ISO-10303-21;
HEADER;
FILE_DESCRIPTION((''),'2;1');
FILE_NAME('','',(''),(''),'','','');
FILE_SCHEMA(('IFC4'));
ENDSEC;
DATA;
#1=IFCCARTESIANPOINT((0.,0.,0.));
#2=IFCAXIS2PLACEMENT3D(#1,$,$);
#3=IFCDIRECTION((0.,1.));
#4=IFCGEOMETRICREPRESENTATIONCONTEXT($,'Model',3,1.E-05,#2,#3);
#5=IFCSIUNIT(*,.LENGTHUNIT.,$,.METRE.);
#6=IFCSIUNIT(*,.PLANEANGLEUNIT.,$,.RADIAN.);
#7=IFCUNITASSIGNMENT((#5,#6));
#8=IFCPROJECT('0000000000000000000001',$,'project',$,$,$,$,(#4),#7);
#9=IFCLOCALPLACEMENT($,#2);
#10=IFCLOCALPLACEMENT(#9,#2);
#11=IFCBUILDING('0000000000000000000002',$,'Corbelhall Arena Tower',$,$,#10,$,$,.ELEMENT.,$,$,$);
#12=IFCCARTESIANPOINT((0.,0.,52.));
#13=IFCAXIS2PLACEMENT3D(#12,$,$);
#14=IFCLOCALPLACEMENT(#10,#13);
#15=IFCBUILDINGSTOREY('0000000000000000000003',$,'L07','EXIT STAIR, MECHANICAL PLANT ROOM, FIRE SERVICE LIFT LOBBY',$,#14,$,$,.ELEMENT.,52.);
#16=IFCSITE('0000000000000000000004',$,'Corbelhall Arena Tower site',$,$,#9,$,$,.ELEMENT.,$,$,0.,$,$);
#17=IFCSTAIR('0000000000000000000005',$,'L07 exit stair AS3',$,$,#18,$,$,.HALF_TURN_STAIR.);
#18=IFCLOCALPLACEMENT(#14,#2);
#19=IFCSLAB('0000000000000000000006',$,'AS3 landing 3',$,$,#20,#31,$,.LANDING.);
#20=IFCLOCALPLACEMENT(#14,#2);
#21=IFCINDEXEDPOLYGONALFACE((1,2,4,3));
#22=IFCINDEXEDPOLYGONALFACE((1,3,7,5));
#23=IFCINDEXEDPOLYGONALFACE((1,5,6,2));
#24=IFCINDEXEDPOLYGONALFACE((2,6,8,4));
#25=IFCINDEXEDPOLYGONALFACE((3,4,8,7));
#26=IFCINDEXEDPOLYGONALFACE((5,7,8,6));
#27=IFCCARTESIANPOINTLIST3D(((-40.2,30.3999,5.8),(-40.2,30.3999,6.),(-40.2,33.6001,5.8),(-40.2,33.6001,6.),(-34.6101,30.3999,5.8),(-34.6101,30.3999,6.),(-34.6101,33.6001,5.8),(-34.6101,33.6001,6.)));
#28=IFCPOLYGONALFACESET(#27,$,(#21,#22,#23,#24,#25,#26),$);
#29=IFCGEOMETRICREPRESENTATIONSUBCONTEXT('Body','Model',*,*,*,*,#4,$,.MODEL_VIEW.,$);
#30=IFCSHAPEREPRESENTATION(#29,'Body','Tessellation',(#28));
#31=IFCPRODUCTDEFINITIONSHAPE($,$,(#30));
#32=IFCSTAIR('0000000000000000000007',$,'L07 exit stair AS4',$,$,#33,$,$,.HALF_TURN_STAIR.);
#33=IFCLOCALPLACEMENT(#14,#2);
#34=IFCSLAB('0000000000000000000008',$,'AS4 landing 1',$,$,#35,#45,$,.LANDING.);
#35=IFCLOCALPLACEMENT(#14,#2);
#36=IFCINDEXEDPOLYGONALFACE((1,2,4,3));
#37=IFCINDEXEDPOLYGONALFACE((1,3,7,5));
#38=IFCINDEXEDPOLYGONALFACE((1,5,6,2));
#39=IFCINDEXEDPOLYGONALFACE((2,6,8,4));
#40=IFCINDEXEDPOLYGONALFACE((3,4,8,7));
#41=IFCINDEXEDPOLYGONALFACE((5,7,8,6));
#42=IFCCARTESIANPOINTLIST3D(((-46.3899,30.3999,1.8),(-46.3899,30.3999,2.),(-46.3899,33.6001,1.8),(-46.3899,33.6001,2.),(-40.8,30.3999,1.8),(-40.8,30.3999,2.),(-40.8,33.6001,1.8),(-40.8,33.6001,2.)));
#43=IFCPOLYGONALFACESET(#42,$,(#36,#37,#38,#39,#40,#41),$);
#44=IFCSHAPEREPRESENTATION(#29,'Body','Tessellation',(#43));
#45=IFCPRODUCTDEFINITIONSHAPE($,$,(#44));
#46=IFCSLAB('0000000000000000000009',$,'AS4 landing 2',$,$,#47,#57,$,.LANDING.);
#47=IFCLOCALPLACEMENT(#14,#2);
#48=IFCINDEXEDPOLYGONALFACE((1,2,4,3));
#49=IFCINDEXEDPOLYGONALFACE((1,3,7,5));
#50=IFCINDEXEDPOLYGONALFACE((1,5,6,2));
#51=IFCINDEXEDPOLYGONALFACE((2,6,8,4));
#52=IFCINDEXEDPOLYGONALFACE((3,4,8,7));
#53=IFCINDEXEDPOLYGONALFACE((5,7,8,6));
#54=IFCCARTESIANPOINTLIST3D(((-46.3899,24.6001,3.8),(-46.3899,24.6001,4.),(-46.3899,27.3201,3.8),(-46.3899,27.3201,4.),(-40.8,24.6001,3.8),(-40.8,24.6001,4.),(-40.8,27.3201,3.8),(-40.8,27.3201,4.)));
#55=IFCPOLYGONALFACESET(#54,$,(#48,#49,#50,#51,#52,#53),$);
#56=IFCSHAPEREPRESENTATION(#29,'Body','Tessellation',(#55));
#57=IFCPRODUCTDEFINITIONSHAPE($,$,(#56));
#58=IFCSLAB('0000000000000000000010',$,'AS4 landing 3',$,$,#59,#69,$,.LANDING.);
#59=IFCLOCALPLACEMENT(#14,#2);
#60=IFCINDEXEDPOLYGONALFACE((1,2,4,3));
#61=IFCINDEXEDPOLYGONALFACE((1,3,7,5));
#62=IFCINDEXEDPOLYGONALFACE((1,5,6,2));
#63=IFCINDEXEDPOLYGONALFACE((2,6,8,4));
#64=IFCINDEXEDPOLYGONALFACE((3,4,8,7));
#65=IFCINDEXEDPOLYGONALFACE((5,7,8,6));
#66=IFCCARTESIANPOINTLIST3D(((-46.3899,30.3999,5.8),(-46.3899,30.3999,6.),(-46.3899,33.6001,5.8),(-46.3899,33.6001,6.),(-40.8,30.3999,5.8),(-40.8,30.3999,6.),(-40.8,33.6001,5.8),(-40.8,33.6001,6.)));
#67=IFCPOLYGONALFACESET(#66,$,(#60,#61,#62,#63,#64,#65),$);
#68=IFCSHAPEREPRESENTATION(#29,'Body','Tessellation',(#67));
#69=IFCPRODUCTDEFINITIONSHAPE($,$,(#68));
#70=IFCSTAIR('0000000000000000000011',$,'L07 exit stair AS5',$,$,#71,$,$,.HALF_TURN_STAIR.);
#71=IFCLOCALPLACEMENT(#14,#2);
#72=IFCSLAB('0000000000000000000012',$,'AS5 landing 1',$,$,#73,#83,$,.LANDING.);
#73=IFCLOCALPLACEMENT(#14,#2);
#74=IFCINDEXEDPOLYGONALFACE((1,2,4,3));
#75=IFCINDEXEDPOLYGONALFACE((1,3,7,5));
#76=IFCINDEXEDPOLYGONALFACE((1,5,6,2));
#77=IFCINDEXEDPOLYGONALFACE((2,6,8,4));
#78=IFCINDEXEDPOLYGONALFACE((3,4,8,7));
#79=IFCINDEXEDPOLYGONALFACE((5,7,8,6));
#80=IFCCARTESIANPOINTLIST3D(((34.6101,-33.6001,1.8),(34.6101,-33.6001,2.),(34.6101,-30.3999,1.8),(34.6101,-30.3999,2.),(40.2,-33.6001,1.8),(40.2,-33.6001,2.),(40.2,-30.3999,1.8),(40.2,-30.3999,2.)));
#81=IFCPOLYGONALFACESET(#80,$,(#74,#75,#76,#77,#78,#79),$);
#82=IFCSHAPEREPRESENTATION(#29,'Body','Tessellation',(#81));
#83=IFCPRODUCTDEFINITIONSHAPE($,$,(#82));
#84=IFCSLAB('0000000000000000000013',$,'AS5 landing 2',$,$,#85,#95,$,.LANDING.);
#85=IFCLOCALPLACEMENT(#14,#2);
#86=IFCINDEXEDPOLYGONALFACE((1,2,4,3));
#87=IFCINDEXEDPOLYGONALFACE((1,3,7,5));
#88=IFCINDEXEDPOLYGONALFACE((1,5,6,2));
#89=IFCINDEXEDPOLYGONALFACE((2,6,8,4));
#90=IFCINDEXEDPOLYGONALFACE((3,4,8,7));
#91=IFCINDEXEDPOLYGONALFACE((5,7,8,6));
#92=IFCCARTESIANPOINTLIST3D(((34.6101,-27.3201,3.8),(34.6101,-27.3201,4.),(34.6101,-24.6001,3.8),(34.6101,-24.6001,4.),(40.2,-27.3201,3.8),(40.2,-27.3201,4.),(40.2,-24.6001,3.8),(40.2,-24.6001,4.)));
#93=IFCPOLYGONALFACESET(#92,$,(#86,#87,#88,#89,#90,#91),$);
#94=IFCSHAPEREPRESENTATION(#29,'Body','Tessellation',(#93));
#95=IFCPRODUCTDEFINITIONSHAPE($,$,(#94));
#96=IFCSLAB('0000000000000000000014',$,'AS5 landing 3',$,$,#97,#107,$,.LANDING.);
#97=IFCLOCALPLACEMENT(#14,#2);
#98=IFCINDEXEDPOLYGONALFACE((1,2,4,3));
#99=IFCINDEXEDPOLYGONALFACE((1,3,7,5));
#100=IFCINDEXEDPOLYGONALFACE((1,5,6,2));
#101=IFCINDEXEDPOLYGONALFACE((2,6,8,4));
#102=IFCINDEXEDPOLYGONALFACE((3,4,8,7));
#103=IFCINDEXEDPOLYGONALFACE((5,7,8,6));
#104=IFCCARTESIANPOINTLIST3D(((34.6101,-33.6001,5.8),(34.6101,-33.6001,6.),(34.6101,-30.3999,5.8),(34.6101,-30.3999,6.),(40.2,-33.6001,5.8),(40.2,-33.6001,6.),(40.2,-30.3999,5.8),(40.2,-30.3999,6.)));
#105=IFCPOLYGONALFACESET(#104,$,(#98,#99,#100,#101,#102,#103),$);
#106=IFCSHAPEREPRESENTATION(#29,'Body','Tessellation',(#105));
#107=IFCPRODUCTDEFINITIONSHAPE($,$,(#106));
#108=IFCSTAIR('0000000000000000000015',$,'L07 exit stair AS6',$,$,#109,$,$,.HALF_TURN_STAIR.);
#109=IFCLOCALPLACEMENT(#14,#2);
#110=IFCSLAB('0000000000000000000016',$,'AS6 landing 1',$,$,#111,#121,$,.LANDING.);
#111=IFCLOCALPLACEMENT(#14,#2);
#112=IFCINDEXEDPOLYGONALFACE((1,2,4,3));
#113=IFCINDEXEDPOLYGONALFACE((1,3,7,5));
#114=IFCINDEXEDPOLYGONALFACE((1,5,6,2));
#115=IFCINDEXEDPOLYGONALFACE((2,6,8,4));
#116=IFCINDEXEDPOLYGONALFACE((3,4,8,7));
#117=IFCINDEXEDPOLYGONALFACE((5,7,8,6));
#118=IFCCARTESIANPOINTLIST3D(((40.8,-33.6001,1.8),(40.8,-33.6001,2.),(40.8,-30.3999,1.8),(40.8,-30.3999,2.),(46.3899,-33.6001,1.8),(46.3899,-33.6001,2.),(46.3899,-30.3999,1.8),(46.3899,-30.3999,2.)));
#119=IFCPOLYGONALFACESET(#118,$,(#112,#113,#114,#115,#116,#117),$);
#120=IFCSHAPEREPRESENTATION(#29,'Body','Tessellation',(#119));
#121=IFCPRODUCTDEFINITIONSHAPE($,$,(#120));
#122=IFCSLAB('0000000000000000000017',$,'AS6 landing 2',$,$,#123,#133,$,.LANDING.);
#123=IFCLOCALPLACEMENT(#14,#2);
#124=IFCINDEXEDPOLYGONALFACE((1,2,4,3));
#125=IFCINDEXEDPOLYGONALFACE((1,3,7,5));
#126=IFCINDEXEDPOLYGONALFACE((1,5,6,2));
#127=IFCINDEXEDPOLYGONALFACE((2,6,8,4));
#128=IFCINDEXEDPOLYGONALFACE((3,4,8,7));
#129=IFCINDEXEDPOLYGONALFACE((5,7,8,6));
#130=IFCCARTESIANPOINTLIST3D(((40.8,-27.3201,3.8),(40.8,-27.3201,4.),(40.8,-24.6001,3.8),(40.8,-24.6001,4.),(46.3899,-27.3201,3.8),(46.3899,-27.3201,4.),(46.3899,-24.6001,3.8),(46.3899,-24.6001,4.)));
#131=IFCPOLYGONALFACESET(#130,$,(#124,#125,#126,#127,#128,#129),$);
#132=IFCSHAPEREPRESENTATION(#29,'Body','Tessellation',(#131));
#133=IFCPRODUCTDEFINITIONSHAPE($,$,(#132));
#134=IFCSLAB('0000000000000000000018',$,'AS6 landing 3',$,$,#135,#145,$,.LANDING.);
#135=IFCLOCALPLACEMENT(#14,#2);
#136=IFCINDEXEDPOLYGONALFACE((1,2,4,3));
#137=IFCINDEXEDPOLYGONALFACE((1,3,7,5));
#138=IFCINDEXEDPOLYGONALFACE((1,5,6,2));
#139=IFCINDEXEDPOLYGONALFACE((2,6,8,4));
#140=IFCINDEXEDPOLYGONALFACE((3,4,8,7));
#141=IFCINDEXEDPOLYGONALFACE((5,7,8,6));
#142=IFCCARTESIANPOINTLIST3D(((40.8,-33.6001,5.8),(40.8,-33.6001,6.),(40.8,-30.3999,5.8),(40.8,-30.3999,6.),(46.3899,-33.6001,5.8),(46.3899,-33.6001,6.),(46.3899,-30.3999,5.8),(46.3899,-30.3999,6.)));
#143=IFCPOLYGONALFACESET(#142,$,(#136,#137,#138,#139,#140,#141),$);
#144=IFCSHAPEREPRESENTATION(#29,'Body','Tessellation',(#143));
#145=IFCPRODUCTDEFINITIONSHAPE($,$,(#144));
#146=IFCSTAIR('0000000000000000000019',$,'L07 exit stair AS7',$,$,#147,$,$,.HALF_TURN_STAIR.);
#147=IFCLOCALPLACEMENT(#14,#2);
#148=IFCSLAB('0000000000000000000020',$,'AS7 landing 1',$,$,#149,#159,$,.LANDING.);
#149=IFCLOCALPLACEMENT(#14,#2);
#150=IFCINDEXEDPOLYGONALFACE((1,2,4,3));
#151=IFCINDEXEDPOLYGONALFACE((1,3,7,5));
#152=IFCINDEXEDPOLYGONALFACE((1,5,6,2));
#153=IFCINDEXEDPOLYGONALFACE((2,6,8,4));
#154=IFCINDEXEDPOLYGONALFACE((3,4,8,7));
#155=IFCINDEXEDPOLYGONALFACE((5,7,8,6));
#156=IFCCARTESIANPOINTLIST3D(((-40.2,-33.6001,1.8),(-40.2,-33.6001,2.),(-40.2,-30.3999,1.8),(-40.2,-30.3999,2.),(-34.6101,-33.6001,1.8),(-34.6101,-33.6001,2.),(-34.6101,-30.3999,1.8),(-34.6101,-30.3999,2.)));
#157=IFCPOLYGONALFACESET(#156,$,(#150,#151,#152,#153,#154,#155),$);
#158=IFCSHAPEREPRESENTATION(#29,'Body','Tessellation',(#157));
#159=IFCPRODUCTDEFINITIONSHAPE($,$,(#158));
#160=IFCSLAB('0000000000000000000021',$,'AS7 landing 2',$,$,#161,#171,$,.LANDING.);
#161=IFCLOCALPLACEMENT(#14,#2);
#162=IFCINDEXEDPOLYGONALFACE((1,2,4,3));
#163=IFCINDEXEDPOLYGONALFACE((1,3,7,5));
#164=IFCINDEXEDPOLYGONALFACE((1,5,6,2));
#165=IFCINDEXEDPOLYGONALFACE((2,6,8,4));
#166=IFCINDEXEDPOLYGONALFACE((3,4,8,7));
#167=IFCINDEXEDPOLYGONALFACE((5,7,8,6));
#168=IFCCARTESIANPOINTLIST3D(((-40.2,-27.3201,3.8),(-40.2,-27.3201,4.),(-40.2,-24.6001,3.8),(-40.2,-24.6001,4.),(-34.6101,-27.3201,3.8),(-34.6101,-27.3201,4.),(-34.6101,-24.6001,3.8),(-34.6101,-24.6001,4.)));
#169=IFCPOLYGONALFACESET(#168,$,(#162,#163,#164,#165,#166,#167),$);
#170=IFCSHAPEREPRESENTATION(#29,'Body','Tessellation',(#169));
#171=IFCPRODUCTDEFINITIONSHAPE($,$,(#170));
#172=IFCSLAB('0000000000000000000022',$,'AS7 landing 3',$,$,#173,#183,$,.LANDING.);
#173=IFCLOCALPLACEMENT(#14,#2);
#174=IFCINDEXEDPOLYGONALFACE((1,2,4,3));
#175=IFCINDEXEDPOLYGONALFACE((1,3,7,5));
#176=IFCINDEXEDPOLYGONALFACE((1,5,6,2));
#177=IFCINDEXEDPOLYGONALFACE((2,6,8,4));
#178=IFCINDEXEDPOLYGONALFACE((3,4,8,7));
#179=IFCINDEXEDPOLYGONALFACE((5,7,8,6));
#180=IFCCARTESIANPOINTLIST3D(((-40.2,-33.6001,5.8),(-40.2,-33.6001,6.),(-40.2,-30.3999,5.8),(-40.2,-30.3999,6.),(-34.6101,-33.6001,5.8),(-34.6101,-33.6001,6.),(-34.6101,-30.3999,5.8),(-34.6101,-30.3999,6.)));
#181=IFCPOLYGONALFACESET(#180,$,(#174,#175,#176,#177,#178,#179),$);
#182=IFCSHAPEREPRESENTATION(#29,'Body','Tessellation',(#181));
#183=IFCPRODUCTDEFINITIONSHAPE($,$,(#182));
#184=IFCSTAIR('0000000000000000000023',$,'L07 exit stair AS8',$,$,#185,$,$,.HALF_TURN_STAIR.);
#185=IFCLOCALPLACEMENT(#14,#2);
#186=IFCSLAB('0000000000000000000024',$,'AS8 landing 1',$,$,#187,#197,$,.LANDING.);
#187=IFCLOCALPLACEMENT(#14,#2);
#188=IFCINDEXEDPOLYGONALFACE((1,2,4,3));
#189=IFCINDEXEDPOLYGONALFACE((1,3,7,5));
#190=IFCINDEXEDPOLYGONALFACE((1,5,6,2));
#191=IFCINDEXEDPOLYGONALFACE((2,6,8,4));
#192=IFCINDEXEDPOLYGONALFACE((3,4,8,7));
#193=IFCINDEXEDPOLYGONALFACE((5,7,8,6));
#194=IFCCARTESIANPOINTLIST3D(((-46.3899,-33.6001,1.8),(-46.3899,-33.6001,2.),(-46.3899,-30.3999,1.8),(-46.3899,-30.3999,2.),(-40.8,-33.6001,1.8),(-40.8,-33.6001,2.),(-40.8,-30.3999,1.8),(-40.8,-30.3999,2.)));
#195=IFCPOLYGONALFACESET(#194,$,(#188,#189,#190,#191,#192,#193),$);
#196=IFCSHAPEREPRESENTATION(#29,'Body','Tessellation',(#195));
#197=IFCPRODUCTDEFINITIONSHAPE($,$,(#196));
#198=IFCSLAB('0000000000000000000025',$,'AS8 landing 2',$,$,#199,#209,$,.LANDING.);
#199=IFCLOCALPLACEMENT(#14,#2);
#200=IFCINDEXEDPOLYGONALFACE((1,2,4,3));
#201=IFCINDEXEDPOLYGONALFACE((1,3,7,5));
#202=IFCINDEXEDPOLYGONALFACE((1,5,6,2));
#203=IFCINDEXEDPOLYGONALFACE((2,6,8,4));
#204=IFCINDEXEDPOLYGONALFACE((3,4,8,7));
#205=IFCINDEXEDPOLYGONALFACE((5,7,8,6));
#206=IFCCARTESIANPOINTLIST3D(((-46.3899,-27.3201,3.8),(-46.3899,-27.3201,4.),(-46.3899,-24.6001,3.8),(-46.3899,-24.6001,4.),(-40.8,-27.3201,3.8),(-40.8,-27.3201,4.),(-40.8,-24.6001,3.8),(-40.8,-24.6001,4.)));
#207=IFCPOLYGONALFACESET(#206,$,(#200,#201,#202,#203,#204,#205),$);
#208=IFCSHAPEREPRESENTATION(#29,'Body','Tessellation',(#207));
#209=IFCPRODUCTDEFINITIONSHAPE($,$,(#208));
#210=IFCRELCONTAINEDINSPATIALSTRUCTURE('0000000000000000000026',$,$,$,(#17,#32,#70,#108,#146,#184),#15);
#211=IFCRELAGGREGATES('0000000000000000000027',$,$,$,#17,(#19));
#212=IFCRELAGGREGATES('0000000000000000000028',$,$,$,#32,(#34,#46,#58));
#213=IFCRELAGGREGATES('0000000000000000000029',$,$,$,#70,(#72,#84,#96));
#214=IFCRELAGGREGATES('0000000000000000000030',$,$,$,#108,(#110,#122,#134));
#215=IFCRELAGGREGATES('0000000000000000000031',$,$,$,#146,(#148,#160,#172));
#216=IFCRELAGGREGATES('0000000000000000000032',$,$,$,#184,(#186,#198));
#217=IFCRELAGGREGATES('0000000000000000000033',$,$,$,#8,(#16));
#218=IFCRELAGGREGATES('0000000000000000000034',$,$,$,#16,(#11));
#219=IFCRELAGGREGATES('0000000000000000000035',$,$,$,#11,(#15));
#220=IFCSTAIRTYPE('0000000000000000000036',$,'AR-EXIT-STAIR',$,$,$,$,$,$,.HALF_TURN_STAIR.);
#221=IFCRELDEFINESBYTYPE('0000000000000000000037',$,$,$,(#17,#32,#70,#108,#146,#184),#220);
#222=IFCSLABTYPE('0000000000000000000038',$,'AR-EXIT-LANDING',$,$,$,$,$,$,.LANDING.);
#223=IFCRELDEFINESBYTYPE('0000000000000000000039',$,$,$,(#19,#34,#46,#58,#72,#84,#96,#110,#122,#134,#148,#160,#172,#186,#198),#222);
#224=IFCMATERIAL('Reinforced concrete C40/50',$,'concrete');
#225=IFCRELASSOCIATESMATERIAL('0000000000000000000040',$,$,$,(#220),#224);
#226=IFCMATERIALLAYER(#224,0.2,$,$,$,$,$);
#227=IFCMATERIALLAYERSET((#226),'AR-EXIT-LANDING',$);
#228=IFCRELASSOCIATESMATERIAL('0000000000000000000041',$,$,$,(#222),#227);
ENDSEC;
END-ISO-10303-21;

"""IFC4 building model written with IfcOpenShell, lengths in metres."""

from ifc_helpers import new_model, si_unit, direction, frame, origin, place, context, subcontext, project, spatial, polyline, outline, extrude, material, layer, layer_set, type_object, element, aggregate, save


model = new_model("IFC4")

# Units and contexts
model_context = context("Model", 3, precision=1e-05, world=origin(), true_north=direction((0.0, 1.0)))
body_context = subcontext(model_context, "Body", "Model", "MODEL_VIEW")
ifc_project = project(units=[si_unit("LENGTHUNIT", "METRE"), si_unit("PLANEANGLEUNIT", "RADIAN")], contexts=[model_context])

# Site, building, storey
site_placement = place(None, origin())
site = spatial("IfcSite", under=ifc_project, at=site_placement, Name="Corbelhall Arena Tower site", CompositionType="ELEMENT", RefElevation=0.0)
building_placement = place(site_placement, origin())
building = spatial("IfcBuilding", under=site, at=building_placement, Name="Corbelhall Arena Tower", CompositionType="ELEMENT")
storey_placement = place(building_placement, frame((0.0, 0.0, 52.0)))
storey = spatial("IfcBuildingStorey", under=building, at=storey_placement, Name="L07", Description="EXIT STAIR, MECHANICAL PLANT ROOM, FIRE SERVICE LIFT LOBBY", CompositionType="ELEMENT", Elevation=52.0)

# Stair, slab
ifc_material = material(Name="Reinforced concrete C40/50", Category="concrete")
stair_type = type_object("IfcStairType", Name="AR-EXIT-STAIR", PredefinedType="HALF_TURN_STAIR", material=ifc_material)
stair_1_placement = place(storey_placement, origin())
stair_1 = element("IfcStair", 1, at=stair_1_placement, inside=storey, type_object=stair_type, Name="L07 exit stair AS3", PredefinedType="HALF_TURN_STAIR")
ifc_layer_1 = layer(ifc_material, 0.2)
ifc_layer_set_1 = layer_set([ifc_layer_1], Name="AR-EXIT-LANDING")
slab_type_1 = type_object("IfcSlabType", Name="AR-EXIT-LANDING", PredefinedType="LANDING", material=ifc_layer_set_1)
slab_1_placement = place(storey_placement, frame((0.0, 0.0, 5.8)))
slab_1 = element("IfcSlab", 2, at=slab_1_placement, type_object=slab_type_1, Name="AS3 landing 3", PredefinedType="LANDING", context=body_context, shape_type="SweptSolid", body=[
    extrude(outline(polyline([(-34.6101, 30.3999), (-34.6101, 33.6001), (-40.2, 33.6001), (-40.2, 30.3999), (-34.6101, 30.3999)])), origin(), (0.0, 0.0, 1.0), 0.2),
])
aggregate(stair_1, [slab_1])

# Stairs, slabs
stair_2_placement = place(storey_placement, origin())
stair_2 = element("IfcStair", 3, at=stair_2_placement, inside=storey, type_object=stair_type, Name="L07 exit stair AS4", PredefinedType="HALF_TURN_STAIR")
slab_2_placement = place(storey_placement, frame((0.0, 0.0, 1.8)))
slab_2 = element("IfcSlab", 4, at=slab_2_placement, type_object=slab_type_1, Name="AS4 landing 1", PredefinedType="LANDING", context=body_context, shape_type="SweptSolid", body=[
    extrude(outline(polyline([(-40.8, 30.3999), (-40.8, 33.6001), (-46.3899, 33.6001), (-46.3899, 30.3999), (-40.8, 30.3999)])), origin(), (0.0, 0.0, 1.0), 0.2),
])
slab_3_placement = place(storey_placement, frame((0.0, 0.0, 3.8)))
slab_3 = element("IfcSlab", 5, at=slab_3_placement, type_object=slab_type_1, Name="AS4 landing 2", PredefinedType="LANDING", context=body_context, shape_type="SweptSolid", body=[
    extrude(outline(polyline([(-40.8, 24.6001), (-40.8, 27.3201), (-46.3899, 27.3201), (-46.3899, 24.6001), (-40.8, 24.6001)])), origin(), (0.0, 0.0, 1.0), 0.2),
])
slab_4_placement = place(storey_placement, frame((0.0, 0.0, 5.8)))
slab_4 = element("IfcSlab", 6, at=slab_4_placement, type_object=slab_type_1, Name="AS4 landing 3", PredefinedType="LANDING", context=body_context, shape_type="SweptSolid", body=[
    extrude(outline(polyline([(-40.8, 30.3999), (-40.8, 33.6001), (-46.3899, 33.6001), (-46.3899, 30.3999), (-40.8, 30.3999)])), origin(), (0.0, 0.0, 1.0), 0.2),
])
aggregate(stair_2, [slab_2, slab_3, slab_4])
stair_3_placement = place(storey_placement, origin())
stair_3 = element("IfcStair", 7, at=stair_3_placement, inside=storey, type_object=stair_type, Name="L07 exit stair AS5", PredefinedType="HALF_TURN_STAIR")
slab_5_placement = place(storey_placement, frame((0.0, 0.0, 1.8)))
slab_5 = element("IfcSlab", 8, at=slab_5_placement, type_object=slab_type_1, Name="AS5 landing 1", PredefinedType="LANDING", context=body_context, shape_type="SweptSolid", body=[
    extrude(outline(polyline([(34.6101, -30.3999), (34.6101, -33.6001), (40.2, -33.6001), (40.2, -30.3999), (34.6101, -30.3999)])), origin(), (0.0, 0.0, 1.0), 0.2),
])
slab_6_placement = place(storey_placement, frame((0.0, 0.0, 3.8)))
slab_6 = element("IfcSlab", 9, at=slab_6_placement, type_object=slab_type_1, Name="AS5 landing 2", PredefinedType="LANDING", context=body_context, shape_type="SweptSolid", body=[
    extrude(outline(polyline([(34.6101, -24.6001), (34.6101, -27.3201), (40.2, -27.3201), (40.2, -24.6001), (34.6101, -24.6001)])), origin(), (0.0, 0.0, 1.0), 0.2),
])
slab_7_placement = place(storey_placement, frame((0.0, 0.0, 5.8)))
slab_7 = element("IfcSlab", 10, at=slab_7_placement, type_object=slab_type_1, Name="AS5 landing 3", PredefinedType="LANDING", context=body_context, shape_type="SweptSolid", body=[
    extrude(outline(polyline([(34.6101, -30.3999), (34.6101, -33.6001), (40.2, -33.6001), (40.2, -30.3999), (34.6101, -30.3999)])), origin(), (0.0, 0.0, 1.0), 0.2),
])
aggregate(stair_3, [slab_5, slab_6, slab_7])
stair_4_placement = place(storey_placement, origin())
stair_4 = element("IfcStair", 11, at=stair_4_placement, inside=storey, type_object=stair_type, Name="L07 exit stair AS6", PredefinedType="HALF_TURN_STAIR")
slab_8_placement = place(storey_placement, frame((0.0, 0.0, 1.8)))
slab_8 = element("IfcSlab", 12, at=slab_8_placement, type_object=slab_type_1, Name="AS6 landing 1", PredefinedType="LANDING", context=body_context, shape_type="SweptSolid", body=[
    extrude(outline(polyline([(40.8, -30.3999), (40.8, -33.6001), (46.3899, -33.6001), (46.3899, -30.3999), (40.8, -30.3999)])), origin(), (0.0, 0.0, 1.0), 0.2),
])
slab_9_placement = place(storey_placement, frame((0.0, 0.0, 3.8)))
slab_9 = element("IfcSlab", 13, at=slab_9_placement, type_object=slab_type_1, Name="AS6 landing 2", PredefinedType="LANDING", context=body_context, shape_type="SweptSolid", body=[
    extrude(outline(polyline([(40.8, -24.6001), (40.8, -27.3201), (46.3899, -27.3201), (46.3899, -24.6001), (40.8, -24.6001)])), origin(), (0.0, 0.0, 1.0), 0.2),
])
slab_10_placement = place(storey_placement, frame((0.0, 0.0, 5.8)))
slab_10 = element("IfcSlab", 14, at=slab_10_placement, type_object=slab_type_1, Name="AS6 landing 3", PredefinedType="LANDING", context=body_context, shape_type="SweptSolid", body=[
    extrude(outline(polyline([(40.8, -30.3999), (40.8, -33.6001), (46.3899, -33.6001), (46.3899, -30.3999), (40.8, -30.3999)])), origin(), (0.0, 0.0, 1.0), 0.2),
])
aggregate(stair_4, [slab_8, slab_9, slab_10])
stair_5_placement = place(storey_placement, origin())
stair_5 = element("IfcStair", 15, at=stair_5_placement, inside=storey, type_object=stair_type, Name="L07 exit stair AS7", PredefinedType="HALF_TURN_STAIR")
slab_11_placement = place(storey_placement, frame((0.0, 0.0, 1.8)))
slab_11 = element("IfcSlab", 16, at=slab_11_placement, type_object=slab_type_1, Name="AS7 landing 1", PredefinedType="LANDING", context=body_context, shape_type="SweptSolid", body=[
    extrude(outline(polyline([(-40.2, -30.3999), (-40.2, -33.6001), (-34.6101, -33.6001), (-34.6101, -30.3999), (-40.2, -30.3999)])), origin(), (0.0, 0.0, 1.0), 0.2),
])
slab_12_placement = place(storey_placement, frame((0.0, 0.0, 3.8)))
slab_12 = element("IfcSlab", 17, at=slab_12_placement, type_object=slab_type_1, Name="AS7 landing 2", PredefinedType="LANDING", context=body_context, shape_type="SweptSolid", body=[
    extrude(outline(polyline([(-40.2, -24.6001), (-40.2, -27.3201), (-34.6101, -27.3201), (-34.6101, -24.6001), (-40.2, -24.6001)])), origin(), (0.0, 0.0, 1.0), 0.2),
])
slab_13_placement = place(storey_placement, frame((0.0, 0.0, 5.8)))
slab_13 = element("IfcSlab", 18, at=slab_13_placement, type_object=slab_type_1, Name="AS7 landing 3", PredefinedType="LANDING", context=body_context, shape_type="SweptSolid", body=[
    extrude(outline(polyline([(-40.2, -30.3999), (-40.2, -33.6001), (-34.6101, -33.6001), (-34.6101, -30.3999), (-40.2, -30.3999)])), origin(), (0.0, 0.0, 1.0), 0.2),
])
aggregate(stair_5, [slab_11, slab_12, slab_13])
stair_6_placement = place(storey_placement, origin())
stair_6 = element("IfcStair", 19, at=stair_6_placement, inside=storey, type_object=stair_type, Name="L07 exit stair AS8", PredefinedType="HALF_TURN_STAIR")
slab_14_placement = place(storey_placement, frame((0.0, 0.0, 1.8)))
slab_14 = element("IfcSlab", 20, at=slab_14_placement, type_object=slab_type_1, Name="AS8 landing 1", PredefinedType="LANDING", context=body_context, shape_type="SweptSolid", body=[
    extrude(outline(polyline([(-46.3899, -30.3999), (-46.3899, -33.6001), (-40.8, -33.6001), (-40.8, -30.3999), (-46.3899, -30.3999)])), origin(), (0.0, 0.0, 1.0), 0.2),
])
slab_15_placement = place(storey_placement, frame((0.0, 0.0, 3.8)))
slab_15 = element("IfcSlab", 21, at=slab_15_placement, type_object=slab_type_1, Name="AS8 landing 2", PredefinedType="LANDING", context=body_context, shape_type="SweptSolid", body=[
    extrude(outline(polyline([(-46.3899, -24.6001), (-46.3899, -27.3201), (-40.8, -27.3201), (-40.8, -24.6001), (-46.3899, -24.6001)])), origin(), (0.0, 0.0, 1.0), 0.2),
])
aggregate(stair_6, [slab_14, slab_15])

save(model, "model.ifc")
